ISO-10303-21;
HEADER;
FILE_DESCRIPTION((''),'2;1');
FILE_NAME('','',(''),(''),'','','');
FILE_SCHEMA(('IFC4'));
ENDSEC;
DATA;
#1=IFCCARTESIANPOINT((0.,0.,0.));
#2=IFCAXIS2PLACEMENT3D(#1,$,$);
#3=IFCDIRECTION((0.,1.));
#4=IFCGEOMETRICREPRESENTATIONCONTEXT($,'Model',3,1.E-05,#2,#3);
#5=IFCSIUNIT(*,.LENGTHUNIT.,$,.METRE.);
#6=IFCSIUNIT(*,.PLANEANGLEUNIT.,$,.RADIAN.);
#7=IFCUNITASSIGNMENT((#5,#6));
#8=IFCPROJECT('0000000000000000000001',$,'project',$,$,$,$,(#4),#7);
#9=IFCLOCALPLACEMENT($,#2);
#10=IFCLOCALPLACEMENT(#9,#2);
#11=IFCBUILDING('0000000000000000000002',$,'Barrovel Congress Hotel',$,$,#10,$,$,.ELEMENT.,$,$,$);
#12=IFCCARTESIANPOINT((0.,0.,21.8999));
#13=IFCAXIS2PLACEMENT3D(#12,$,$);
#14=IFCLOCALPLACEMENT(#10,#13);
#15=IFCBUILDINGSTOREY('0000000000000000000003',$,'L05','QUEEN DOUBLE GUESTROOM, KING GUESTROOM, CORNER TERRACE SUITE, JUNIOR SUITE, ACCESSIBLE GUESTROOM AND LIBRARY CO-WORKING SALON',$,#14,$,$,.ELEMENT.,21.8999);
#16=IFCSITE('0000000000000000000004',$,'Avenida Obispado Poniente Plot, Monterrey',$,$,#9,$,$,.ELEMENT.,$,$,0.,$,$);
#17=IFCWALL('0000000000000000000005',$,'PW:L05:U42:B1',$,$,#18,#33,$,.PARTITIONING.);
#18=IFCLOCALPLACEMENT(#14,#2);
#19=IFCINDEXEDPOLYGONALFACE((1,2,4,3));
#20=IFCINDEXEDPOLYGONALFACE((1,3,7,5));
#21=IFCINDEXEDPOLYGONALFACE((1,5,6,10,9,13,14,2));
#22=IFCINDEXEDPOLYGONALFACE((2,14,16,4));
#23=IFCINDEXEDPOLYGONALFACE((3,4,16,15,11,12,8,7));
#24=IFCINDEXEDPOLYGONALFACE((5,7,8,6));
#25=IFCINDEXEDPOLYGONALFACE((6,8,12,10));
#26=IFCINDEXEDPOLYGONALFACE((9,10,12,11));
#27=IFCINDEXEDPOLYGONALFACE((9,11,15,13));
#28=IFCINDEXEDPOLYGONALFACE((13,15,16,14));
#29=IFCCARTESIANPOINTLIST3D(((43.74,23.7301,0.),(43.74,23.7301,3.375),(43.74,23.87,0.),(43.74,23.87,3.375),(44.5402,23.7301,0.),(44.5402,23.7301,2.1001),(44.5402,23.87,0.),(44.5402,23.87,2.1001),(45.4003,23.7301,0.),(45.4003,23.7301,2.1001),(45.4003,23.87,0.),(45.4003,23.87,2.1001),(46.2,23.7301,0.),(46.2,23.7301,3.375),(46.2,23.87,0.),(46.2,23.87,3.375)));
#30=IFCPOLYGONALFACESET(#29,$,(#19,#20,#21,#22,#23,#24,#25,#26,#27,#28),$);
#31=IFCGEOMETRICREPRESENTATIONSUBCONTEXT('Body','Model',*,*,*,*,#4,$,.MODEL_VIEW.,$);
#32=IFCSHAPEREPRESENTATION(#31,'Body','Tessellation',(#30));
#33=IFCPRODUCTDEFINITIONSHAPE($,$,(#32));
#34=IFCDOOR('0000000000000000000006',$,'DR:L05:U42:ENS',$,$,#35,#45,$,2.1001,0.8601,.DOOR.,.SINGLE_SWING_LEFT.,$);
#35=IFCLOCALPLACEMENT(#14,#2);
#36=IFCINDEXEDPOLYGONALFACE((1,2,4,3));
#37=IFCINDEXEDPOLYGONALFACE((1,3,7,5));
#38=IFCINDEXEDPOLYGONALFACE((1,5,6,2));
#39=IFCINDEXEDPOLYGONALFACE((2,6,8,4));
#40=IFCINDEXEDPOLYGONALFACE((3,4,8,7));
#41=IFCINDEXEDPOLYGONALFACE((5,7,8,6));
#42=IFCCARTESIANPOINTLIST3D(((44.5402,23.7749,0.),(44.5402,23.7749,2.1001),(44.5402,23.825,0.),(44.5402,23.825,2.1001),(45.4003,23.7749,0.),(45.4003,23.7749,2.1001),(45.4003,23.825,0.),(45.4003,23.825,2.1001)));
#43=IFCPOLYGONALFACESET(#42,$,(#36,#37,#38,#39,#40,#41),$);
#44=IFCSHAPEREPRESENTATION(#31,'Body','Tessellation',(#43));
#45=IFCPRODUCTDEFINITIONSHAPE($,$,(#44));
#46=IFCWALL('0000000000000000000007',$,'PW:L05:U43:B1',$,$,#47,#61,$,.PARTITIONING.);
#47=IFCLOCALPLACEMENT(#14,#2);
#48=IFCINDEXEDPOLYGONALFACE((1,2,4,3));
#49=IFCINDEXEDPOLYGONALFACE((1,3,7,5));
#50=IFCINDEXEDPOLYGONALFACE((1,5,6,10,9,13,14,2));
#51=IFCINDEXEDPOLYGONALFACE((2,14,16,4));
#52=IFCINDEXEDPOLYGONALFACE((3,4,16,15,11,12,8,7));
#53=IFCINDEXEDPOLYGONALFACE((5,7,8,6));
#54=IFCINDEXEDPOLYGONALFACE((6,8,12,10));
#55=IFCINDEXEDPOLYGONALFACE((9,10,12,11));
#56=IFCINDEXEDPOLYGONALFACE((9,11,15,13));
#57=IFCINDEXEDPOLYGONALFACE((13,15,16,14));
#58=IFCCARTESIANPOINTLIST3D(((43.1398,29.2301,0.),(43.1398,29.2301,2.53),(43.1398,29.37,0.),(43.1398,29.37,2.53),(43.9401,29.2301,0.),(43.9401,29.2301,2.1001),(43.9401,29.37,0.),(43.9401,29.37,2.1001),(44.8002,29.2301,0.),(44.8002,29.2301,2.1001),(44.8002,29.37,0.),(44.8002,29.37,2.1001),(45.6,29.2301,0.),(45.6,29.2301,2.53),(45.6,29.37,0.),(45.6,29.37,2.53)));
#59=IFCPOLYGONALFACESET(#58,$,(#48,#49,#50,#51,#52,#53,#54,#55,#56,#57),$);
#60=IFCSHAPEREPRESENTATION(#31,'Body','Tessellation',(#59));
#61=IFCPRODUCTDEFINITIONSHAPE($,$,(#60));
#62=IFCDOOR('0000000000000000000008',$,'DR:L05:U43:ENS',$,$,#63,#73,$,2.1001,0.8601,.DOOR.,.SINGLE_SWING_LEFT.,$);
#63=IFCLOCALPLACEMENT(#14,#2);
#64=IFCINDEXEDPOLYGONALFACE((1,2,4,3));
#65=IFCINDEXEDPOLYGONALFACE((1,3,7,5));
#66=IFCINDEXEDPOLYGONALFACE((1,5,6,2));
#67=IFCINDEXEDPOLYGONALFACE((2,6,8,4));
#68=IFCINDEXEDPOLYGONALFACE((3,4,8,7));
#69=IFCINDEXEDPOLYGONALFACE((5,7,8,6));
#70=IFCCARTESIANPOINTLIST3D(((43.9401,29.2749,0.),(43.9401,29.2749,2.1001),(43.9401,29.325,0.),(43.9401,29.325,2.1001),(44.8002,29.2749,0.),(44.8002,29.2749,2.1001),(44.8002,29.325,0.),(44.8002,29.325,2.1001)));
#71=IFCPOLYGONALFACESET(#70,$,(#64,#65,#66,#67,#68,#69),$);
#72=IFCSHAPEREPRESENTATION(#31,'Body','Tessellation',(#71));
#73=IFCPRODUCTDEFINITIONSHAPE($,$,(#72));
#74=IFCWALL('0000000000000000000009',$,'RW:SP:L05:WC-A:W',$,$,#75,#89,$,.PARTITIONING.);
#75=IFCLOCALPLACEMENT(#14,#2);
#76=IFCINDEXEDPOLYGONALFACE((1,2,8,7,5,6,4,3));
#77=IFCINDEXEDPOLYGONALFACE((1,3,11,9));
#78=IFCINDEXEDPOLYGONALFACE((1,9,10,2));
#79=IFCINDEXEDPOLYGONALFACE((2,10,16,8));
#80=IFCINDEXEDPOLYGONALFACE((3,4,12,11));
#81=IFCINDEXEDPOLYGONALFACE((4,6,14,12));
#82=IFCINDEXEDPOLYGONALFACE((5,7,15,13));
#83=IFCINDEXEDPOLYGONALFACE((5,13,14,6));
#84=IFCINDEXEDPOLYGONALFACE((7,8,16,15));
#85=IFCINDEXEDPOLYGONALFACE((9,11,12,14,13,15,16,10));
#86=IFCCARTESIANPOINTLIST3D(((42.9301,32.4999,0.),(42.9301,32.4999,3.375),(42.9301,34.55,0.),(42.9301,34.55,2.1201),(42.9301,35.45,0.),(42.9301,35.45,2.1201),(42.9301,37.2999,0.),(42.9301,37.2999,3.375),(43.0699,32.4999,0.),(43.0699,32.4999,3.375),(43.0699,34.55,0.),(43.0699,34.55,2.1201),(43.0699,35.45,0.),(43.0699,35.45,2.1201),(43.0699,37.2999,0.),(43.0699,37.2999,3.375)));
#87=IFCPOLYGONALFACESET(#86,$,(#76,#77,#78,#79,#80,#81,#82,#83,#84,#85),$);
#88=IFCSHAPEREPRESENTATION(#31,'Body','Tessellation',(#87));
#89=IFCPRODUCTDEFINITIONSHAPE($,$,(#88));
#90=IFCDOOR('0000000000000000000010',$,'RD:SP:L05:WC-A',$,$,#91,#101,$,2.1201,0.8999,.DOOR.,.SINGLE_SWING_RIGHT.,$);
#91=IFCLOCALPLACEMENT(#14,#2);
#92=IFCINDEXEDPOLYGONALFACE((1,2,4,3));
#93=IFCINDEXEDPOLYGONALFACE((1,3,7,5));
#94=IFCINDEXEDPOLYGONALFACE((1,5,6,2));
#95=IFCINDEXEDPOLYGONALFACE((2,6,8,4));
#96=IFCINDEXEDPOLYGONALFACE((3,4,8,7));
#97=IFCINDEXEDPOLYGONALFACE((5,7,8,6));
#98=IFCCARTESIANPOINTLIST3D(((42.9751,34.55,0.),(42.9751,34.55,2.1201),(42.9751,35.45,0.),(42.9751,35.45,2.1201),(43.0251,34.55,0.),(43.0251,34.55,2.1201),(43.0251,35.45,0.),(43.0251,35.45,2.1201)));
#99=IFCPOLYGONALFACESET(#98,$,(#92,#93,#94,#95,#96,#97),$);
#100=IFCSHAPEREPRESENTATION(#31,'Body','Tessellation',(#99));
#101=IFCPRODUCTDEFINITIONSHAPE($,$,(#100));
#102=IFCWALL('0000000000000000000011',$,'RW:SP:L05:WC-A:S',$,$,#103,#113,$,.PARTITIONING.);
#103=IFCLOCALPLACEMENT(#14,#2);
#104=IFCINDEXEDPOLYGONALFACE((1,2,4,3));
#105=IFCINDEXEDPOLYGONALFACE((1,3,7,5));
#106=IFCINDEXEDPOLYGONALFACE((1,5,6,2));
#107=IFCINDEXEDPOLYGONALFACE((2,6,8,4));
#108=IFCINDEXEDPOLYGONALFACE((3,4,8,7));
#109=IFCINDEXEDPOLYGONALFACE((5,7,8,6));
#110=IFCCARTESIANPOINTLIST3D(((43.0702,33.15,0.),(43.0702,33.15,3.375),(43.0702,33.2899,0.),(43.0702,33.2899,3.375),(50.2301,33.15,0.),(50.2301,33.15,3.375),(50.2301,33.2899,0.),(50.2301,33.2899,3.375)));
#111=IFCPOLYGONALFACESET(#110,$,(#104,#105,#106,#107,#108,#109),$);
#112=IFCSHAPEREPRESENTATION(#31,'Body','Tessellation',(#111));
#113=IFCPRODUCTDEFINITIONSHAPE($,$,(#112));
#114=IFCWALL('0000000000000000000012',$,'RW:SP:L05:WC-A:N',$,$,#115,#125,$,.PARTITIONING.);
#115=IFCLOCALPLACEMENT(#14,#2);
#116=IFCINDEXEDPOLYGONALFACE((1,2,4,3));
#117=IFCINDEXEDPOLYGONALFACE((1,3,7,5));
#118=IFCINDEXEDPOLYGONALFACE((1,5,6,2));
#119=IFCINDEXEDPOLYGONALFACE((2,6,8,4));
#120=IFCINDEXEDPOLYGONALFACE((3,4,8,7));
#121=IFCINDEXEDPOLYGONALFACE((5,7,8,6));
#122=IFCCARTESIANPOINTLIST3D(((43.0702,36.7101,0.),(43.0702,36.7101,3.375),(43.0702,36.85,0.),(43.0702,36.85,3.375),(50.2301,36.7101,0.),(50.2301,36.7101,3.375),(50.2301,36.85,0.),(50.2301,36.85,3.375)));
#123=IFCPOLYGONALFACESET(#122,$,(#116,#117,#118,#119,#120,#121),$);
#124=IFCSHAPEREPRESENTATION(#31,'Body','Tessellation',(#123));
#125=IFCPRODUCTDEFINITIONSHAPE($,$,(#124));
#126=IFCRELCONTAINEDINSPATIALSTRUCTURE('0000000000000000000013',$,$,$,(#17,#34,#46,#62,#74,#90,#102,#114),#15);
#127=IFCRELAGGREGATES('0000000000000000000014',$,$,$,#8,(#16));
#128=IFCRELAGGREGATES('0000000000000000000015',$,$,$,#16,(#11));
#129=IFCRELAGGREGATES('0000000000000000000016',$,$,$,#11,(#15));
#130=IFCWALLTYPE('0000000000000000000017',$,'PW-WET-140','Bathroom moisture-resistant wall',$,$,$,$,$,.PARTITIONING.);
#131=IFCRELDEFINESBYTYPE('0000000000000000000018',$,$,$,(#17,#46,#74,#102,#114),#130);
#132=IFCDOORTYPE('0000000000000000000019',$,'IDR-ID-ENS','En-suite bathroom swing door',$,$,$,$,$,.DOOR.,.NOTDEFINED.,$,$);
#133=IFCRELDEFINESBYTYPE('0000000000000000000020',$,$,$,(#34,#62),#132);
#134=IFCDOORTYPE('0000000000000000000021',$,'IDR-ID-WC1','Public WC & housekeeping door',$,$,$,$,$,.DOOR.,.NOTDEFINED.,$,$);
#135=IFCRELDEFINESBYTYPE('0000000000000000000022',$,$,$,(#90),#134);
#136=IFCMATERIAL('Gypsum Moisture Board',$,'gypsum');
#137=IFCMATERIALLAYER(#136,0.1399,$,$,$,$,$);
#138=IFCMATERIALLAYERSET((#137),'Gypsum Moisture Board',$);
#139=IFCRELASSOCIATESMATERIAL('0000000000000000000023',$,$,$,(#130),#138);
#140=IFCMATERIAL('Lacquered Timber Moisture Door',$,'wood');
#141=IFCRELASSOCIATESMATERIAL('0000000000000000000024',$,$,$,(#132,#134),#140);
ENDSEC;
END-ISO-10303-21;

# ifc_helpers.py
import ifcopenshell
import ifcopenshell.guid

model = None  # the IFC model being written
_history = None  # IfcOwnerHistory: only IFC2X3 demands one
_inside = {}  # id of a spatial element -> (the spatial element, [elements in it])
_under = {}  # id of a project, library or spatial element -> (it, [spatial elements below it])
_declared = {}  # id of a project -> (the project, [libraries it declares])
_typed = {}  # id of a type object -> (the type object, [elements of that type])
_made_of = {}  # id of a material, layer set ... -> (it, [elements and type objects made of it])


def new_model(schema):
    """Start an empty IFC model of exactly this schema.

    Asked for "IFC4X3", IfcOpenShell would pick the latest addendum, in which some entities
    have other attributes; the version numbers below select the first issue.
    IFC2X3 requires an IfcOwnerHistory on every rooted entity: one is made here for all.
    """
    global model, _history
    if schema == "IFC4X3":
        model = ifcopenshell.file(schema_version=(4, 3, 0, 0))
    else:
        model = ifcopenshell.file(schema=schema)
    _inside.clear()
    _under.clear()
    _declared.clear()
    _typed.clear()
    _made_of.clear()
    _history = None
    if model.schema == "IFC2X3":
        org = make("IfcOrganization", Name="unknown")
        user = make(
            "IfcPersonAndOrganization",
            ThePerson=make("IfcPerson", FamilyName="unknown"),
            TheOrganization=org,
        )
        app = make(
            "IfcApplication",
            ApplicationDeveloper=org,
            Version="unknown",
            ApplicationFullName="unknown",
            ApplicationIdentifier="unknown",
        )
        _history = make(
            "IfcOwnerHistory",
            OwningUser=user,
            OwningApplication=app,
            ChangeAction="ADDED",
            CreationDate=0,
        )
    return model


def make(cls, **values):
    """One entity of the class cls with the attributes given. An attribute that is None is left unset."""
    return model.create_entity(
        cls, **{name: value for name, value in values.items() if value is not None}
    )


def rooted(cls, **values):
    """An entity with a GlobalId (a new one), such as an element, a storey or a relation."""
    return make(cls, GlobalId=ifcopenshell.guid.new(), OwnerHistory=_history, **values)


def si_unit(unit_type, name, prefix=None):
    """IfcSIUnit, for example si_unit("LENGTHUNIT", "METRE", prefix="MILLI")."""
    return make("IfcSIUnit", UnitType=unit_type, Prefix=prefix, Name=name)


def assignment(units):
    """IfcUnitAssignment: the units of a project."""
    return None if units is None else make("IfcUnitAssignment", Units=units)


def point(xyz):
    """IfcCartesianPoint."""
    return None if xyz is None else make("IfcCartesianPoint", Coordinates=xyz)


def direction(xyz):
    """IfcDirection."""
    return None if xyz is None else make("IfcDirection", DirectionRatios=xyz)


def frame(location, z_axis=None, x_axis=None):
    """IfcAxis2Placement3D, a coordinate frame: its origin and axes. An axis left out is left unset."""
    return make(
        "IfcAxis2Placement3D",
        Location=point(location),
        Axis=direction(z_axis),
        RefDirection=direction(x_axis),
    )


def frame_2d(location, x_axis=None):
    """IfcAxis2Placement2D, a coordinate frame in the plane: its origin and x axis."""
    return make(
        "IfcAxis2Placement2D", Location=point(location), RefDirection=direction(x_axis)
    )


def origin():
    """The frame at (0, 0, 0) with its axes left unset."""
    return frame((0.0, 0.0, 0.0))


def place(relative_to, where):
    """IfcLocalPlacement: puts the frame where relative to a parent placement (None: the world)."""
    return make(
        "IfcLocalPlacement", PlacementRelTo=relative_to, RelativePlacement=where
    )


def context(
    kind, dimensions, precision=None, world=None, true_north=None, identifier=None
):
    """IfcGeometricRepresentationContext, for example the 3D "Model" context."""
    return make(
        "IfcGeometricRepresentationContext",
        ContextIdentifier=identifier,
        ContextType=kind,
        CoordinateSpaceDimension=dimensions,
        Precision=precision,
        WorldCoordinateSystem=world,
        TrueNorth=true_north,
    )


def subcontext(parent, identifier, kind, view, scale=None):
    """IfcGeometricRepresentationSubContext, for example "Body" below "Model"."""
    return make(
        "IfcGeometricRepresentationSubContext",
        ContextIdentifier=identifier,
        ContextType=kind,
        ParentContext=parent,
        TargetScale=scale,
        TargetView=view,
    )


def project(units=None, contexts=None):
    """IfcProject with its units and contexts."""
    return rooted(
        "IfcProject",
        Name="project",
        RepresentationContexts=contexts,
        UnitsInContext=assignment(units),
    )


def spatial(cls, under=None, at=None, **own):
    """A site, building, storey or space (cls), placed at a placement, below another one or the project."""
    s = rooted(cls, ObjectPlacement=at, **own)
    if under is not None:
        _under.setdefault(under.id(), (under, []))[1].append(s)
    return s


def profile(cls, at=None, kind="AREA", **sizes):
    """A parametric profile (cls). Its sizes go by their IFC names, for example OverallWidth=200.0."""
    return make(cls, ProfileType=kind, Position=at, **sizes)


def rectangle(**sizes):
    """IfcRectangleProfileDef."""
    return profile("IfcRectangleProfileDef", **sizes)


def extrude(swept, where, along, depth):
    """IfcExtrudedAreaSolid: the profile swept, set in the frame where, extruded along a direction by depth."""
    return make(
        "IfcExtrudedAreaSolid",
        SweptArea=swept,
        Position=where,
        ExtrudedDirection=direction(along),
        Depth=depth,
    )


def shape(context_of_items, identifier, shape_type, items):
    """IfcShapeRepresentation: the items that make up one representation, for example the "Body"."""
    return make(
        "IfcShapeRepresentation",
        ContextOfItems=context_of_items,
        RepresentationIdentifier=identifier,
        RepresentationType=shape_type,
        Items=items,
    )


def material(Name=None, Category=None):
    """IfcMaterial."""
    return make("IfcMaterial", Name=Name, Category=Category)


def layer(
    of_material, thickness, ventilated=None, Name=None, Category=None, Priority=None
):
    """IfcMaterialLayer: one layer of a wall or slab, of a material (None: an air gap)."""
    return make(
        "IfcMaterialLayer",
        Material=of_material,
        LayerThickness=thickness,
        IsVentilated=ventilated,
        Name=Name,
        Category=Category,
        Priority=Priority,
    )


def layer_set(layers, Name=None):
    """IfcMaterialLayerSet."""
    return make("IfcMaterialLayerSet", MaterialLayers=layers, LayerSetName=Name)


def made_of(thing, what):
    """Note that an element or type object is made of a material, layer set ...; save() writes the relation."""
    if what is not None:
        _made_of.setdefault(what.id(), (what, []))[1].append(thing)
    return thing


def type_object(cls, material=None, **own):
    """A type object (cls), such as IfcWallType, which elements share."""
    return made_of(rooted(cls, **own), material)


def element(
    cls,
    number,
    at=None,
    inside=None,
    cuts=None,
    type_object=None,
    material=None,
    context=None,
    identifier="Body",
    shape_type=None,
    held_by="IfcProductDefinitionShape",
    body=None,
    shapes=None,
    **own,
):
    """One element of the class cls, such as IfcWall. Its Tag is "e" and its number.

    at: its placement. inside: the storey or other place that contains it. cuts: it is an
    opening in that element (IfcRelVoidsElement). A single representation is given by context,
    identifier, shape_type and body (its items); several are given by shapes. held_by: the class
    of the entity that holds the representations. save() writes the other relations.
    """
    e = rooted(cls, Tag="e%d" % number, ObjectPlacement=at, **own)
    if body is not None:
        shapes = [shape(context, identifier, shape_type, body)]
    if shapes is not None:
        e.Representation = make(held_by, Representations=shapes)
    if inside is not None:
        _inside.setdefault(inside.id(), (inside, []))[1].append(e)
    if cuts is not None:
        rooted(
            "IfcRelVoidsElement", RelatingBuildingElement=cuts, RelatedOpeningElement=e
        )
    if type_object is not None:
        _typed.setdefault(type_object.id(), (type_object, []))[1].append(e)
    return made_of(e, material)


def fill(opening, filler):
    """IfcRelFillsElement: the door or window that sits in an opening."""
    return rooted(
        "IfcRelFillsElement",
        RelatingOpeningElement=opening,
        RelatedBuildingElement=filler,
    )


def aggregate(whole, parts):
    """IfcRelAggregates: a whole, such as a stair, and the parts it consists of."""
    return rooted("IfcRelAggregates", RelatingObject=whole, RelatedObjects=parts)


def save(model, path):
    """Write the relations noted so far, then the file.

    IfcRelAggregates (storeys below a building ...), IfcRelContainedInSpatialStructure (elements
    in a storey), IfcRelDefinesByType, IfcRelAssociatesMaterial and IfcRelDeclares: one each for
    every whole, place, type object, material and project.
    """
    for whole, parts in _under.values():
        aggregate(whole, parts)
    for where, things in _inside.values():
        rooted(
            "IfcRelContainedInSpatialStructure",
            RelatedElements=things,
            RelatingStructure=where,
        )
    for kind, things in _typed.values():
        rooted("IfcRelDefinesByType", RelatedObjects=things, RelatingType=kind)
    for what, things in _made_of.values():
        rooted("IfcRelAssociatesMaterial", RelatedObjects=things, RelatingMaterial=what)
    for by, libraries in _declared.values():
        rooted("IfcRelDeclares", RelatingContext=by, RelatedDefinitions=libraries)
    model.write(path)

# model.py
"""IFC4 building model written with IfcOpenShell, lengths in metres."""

from ifc_helpers import new_model, si_unit, direction, frame, frame_2d, origin, place, context, subcontext, project, spatial, rectangle, extrude, material, layer, layer_set, type_object, element, fill, save


model = new_model("IFC4")

# Units and contexts
model_context = context("Model", 3, precision=1e-05, world=origin(), true_north=direction((0.0, 1.0)))
body_context = subcontext(model_context, "Body", "Model", "MODEL_VIEW")
ifc_project = project(units=[si_unit("LENGTHUNIT", "METRE"), si_unit("PLANEANGLEUNIT", "RADIAN")], contexts=[model_context])

# Site, building, storey
site_placement = place(None, origin())
site = spatial("IfcSite", under=ifc_project, at=site_placement, Name="Avenida Obispado Poniente Plot, Monterrey", CompositionType="ELEMENT", RefElevation=0.0)
building_placement = place(site_placement, origin())
building = spatial("IfcBuilding", under=site, at=building_placement, Name="Barrovel Congress Hotel", CompositionType="ELEMENT")
storey_placement = place(building_placement, frame((0.0, 0.0, 21.8999)))
storey = spatial("IfcBuildingStorey", under=building, at=storey_placement, Name="L05", Description="QUEEN DOUBLE GUESTROOM, KING GUESTROOM, CORNER TERRACE SUITE, JUNIOR SUITE, ACCESSIBLE GUESTROOM AND LIBRARY CO-WORKING SALON", CompositionType="ELEMENT", Elevation=21.8999)

# Walls, openings, doors
ifc_material_1 = material(Name="Gypsum Moisture Board", Category="gypsum")
ifc_layer_1 = layer(ifc_material_1, 0.1399)
ifc_layer_set_1 = layer_set([ifc_layer_1], Name="Gypsum Moisture Board")
wall_type_1 = type_object("IfcWallType", Name="PW-WET-140", Description="Bathroom moisture-resistant wall", PredefinedType="PARTITIONING", material=ifc_layer_set_1)
wall_1_placement = place(storey_placement, frame((43.74, 23.8, 0.0), z_axis=(0.0, 0.0, 1.0), x_axis=(1.0, 0.0, 0.0)))
wall_1 = element("IfcWall", 1, at=wall_1_placement, inside=storey, type_object=wall_type_1, Name="PW:L05:U42:B1", PredefinedType="PARTITIONING", context=body_context, shape_type="SweptSolid", body=[
    extrude(rectangle(XDim=2.46, YDim=0.1399, at=frame_2d((1.23, 0.0))), origin(), (0.0, 0.0, 1.0), 3.375),
])
opening_1_placement = place(wall_1_placement, frame((0.8, 0.0, 0.0)))
opening_1 = element("IfcOpeningElement", 2, at=opening_1_placement, cuts=wall_1, PredefinedType="OPENING", context=body_context, shape_type="SweptSolid", body=[
    extrude(rectangle(XDim=0.8601, YDim=2.1001, at=frame_2d((0.4302, 1.05))), frame((0.0, 0.0801, 0.0), z_axis=(0.0, -1.0, 0.0), x_axis=(1.0, 0.0, 0.0)), (0.0, 0.0, 1.0), 0.1599),
])
ifc_material_2 = material(Name="Lacquered Timber Moisture Door", Category="wood")
door_type_1 = type_object("IfcDoorType", Name="IDR-ID-ENS", Description="En-suite bathroom swing door", OperationType="NOTDEFINED", PredefinedType="DOOR", material=ifc_material_2)
door_1_placement = place(opening_1_placement, origin())
door_1 = element("IfcDoor", 3, at=door_1_placement, inside=storey, type_object=door_type_1, Name="DR:L05:U42:ENS", OperationType="SINGLE_SWING_LEFT", OverallHeight=2.1001, OverallWidth=0.8601, PredefinedType="DOOR", context=body_context, shape_type="SweptSolid", body=[
    extrude(rectangle(XDim=0.8601, YDim=2.1001, at=frame_2d((0.4302, 1.05))), frame((0.0, 0.0249, 0.0), z_axis=(0.0, -1.0, 0.0), x_axis=(1.0, 0.0, 0.0)), (0.0, 0.0, 1.0), 0.05),
])
fill(opening_1, door_1)
wall_2_placement = place(storey_placement, frame((43.1399, 29.3, 0.0), z_axis=(0.0, 0.0, 1.0), x_axis=(1.0, 0.0, 0.0)))
wall_2 = element("IfcWall", 4, at=wall_2_placement, inside=storey, type_object=wall_type_1, Name="PW:L05:U43:B1", PredefinedType="PARTITIONING", context=body_context, shape_type="SweptSolid", body=[
    extrude(rectangle(XDim=2.4602, YDim=0.1399, at=frame_2d((1.23, 0.0))), origin(), (0.0, 0.0, 1.0), 2.53),
])
opening_2_placement = place(wall_2_placement, frame((0.8, 0.0, 0.0)))
opening_2 = element("IfcOpeningElement", 5, at=opening_2_placement, cuts=wall_2, PredefinedType="OPENING", context=body_context, shape_type="SweptSolid", body=[
    extrude(rectangle(XDim=0.8601, YDim=2.1001, at=frame_2d((0.4302, 1.05))), frame((0.0, 0.0801, 0.0), z_axis=(0.0, -1.0, 0.0), x_axis=(1.0, 0.0, 0.0)), (0.0, 0.0, 1.0), 0.1599),
])
door_2_placement = place(opening_2_placement, origin())
door_2 = element("IfcDoor", 6, at=door_2_placement, inside=storey, type_object=door_type_1, Name="DR:L05:U43:ENS", OperationType="SINGLE_SWING_LEFT", OverallHeight=2.1001, OverallWidth=0.8601, PredefinedType="DOOR", context=body_context, shape_type="SweptSolid", body=[
    extrude(rectangle(XDim=0.8601, YDim=2.1001, at=frame_2d((0.4302, 1.05))), frame((0.0, 0.0249, 0.0), z_axis=(0.0, -1.0, 0.0), x_axis=(1.0, 0.0, 0.0)), (0.0, 0.0, 1.0), 0.05),
])
fill(opening_2, door_2)
wall_3_placement = place(storey_placement, frame((43.0, 32.5, 0.0), z_axis=(0.0, 0.0, 1.0), x_axis=(0.0, 1.0, 0.0)))
wall_3 = element("IfcWall", 7, at=wall_3_placement, inside=storey, type_object=wall_type_1, Name="RW:SP:L05:WC-A:W", PredefinedType="PARTITIONING", context=body_context, shape_type="SweptSolid", body=[
    extrude(rectangle(XDim=4.8, YDim=0.1399, at=frame_2d((2.3999, 0.0))), origin(), (0.0, 0.0, 1.0), 3.375),
])
opening_3_placement = place(wall_3_placement, frame((2.05, 0.0, 0.0)))
opening_3 = element("IfcOpeningElement", 8, at=opening_3_placement, cuts=wall_3, PredefinedType="OPENING", context=body_context, shape_type="SweptSolid", body=[
    extrude(rectangle(XDim=0.8999, YDim=2.1201, at=frame_2d((0.45, 1.0601))), frame((0.0, 0.0801, 0.0), z_axis=(0.0, -1.0, 0.0), x_axis=(1.0, 0.0, 0.0)), (0.0, 0.0, 1.0), 0.1599),
])
door_type_2 = type_object("IfcDoorType", Name="IDR-ID-WC1", Description="Public WC & housekeeping door", OperationType="NOTDEFINED", PredefinedType="DOOR", material=ifc_material_2)
door_3_placement = place(opening_3_placement, origin())
door_3 = element("IfcDoor", 9, at=door_3_placement, inside=storey, type_object=door_type_2, Name="RD:SP:L05:WC-A", OperationType="SINGLE_SWING_RIGHT", OverallHeight=2.1201, OverallWidth=0.8999, PredefinedType="DOOR", context=body_context, shape_type="SweptSolid", body=[
    extrude(rectangle(XDim=0.8999, YDim=2.1201, at=frame_2d((0.45, 1.0601))), frame((0.0, 0.0249, 0.0), z_axis=(0.0, -1.0, 0.0), x_axis=(1.0, 0.0, 0.0)), (0.0, 0.0, 1.0), 0.05),
])
fill(opening_3, door_3)

# Walls
for number, where, z_axis, x_axis, name in (
    (10, (43.0701, 33.22, 0.0), (0.0, 0.0, 1.0), (1.0, 0.0, 0.0), "RW:SP:L05:WC-A:S"),
    (11, (43.0701, 36.78, 0.0), (0.0, 0.0, 1.0), (1.0, 0.0, 0.0), "RW:SP:L05:WC-A:N"),
):
    element("IfcWall", number, at=place(storey_placement, frame(where, z_axis=z_axis, x_axis=x_axis)), inside=storey, type_object=wall_type_1, Name=name, PredefinedType="PARTITIONING", context=body_context, shape_type="SweptSolid", body=[
        extrude(rectangle(XDim=7.1599, YDim=0.1399, at=frame_2d((3.5801, 0.0))), origin(), (0.0, 0.0, 1.0), 3.375),
    ])

save(model, "model.ifc")
